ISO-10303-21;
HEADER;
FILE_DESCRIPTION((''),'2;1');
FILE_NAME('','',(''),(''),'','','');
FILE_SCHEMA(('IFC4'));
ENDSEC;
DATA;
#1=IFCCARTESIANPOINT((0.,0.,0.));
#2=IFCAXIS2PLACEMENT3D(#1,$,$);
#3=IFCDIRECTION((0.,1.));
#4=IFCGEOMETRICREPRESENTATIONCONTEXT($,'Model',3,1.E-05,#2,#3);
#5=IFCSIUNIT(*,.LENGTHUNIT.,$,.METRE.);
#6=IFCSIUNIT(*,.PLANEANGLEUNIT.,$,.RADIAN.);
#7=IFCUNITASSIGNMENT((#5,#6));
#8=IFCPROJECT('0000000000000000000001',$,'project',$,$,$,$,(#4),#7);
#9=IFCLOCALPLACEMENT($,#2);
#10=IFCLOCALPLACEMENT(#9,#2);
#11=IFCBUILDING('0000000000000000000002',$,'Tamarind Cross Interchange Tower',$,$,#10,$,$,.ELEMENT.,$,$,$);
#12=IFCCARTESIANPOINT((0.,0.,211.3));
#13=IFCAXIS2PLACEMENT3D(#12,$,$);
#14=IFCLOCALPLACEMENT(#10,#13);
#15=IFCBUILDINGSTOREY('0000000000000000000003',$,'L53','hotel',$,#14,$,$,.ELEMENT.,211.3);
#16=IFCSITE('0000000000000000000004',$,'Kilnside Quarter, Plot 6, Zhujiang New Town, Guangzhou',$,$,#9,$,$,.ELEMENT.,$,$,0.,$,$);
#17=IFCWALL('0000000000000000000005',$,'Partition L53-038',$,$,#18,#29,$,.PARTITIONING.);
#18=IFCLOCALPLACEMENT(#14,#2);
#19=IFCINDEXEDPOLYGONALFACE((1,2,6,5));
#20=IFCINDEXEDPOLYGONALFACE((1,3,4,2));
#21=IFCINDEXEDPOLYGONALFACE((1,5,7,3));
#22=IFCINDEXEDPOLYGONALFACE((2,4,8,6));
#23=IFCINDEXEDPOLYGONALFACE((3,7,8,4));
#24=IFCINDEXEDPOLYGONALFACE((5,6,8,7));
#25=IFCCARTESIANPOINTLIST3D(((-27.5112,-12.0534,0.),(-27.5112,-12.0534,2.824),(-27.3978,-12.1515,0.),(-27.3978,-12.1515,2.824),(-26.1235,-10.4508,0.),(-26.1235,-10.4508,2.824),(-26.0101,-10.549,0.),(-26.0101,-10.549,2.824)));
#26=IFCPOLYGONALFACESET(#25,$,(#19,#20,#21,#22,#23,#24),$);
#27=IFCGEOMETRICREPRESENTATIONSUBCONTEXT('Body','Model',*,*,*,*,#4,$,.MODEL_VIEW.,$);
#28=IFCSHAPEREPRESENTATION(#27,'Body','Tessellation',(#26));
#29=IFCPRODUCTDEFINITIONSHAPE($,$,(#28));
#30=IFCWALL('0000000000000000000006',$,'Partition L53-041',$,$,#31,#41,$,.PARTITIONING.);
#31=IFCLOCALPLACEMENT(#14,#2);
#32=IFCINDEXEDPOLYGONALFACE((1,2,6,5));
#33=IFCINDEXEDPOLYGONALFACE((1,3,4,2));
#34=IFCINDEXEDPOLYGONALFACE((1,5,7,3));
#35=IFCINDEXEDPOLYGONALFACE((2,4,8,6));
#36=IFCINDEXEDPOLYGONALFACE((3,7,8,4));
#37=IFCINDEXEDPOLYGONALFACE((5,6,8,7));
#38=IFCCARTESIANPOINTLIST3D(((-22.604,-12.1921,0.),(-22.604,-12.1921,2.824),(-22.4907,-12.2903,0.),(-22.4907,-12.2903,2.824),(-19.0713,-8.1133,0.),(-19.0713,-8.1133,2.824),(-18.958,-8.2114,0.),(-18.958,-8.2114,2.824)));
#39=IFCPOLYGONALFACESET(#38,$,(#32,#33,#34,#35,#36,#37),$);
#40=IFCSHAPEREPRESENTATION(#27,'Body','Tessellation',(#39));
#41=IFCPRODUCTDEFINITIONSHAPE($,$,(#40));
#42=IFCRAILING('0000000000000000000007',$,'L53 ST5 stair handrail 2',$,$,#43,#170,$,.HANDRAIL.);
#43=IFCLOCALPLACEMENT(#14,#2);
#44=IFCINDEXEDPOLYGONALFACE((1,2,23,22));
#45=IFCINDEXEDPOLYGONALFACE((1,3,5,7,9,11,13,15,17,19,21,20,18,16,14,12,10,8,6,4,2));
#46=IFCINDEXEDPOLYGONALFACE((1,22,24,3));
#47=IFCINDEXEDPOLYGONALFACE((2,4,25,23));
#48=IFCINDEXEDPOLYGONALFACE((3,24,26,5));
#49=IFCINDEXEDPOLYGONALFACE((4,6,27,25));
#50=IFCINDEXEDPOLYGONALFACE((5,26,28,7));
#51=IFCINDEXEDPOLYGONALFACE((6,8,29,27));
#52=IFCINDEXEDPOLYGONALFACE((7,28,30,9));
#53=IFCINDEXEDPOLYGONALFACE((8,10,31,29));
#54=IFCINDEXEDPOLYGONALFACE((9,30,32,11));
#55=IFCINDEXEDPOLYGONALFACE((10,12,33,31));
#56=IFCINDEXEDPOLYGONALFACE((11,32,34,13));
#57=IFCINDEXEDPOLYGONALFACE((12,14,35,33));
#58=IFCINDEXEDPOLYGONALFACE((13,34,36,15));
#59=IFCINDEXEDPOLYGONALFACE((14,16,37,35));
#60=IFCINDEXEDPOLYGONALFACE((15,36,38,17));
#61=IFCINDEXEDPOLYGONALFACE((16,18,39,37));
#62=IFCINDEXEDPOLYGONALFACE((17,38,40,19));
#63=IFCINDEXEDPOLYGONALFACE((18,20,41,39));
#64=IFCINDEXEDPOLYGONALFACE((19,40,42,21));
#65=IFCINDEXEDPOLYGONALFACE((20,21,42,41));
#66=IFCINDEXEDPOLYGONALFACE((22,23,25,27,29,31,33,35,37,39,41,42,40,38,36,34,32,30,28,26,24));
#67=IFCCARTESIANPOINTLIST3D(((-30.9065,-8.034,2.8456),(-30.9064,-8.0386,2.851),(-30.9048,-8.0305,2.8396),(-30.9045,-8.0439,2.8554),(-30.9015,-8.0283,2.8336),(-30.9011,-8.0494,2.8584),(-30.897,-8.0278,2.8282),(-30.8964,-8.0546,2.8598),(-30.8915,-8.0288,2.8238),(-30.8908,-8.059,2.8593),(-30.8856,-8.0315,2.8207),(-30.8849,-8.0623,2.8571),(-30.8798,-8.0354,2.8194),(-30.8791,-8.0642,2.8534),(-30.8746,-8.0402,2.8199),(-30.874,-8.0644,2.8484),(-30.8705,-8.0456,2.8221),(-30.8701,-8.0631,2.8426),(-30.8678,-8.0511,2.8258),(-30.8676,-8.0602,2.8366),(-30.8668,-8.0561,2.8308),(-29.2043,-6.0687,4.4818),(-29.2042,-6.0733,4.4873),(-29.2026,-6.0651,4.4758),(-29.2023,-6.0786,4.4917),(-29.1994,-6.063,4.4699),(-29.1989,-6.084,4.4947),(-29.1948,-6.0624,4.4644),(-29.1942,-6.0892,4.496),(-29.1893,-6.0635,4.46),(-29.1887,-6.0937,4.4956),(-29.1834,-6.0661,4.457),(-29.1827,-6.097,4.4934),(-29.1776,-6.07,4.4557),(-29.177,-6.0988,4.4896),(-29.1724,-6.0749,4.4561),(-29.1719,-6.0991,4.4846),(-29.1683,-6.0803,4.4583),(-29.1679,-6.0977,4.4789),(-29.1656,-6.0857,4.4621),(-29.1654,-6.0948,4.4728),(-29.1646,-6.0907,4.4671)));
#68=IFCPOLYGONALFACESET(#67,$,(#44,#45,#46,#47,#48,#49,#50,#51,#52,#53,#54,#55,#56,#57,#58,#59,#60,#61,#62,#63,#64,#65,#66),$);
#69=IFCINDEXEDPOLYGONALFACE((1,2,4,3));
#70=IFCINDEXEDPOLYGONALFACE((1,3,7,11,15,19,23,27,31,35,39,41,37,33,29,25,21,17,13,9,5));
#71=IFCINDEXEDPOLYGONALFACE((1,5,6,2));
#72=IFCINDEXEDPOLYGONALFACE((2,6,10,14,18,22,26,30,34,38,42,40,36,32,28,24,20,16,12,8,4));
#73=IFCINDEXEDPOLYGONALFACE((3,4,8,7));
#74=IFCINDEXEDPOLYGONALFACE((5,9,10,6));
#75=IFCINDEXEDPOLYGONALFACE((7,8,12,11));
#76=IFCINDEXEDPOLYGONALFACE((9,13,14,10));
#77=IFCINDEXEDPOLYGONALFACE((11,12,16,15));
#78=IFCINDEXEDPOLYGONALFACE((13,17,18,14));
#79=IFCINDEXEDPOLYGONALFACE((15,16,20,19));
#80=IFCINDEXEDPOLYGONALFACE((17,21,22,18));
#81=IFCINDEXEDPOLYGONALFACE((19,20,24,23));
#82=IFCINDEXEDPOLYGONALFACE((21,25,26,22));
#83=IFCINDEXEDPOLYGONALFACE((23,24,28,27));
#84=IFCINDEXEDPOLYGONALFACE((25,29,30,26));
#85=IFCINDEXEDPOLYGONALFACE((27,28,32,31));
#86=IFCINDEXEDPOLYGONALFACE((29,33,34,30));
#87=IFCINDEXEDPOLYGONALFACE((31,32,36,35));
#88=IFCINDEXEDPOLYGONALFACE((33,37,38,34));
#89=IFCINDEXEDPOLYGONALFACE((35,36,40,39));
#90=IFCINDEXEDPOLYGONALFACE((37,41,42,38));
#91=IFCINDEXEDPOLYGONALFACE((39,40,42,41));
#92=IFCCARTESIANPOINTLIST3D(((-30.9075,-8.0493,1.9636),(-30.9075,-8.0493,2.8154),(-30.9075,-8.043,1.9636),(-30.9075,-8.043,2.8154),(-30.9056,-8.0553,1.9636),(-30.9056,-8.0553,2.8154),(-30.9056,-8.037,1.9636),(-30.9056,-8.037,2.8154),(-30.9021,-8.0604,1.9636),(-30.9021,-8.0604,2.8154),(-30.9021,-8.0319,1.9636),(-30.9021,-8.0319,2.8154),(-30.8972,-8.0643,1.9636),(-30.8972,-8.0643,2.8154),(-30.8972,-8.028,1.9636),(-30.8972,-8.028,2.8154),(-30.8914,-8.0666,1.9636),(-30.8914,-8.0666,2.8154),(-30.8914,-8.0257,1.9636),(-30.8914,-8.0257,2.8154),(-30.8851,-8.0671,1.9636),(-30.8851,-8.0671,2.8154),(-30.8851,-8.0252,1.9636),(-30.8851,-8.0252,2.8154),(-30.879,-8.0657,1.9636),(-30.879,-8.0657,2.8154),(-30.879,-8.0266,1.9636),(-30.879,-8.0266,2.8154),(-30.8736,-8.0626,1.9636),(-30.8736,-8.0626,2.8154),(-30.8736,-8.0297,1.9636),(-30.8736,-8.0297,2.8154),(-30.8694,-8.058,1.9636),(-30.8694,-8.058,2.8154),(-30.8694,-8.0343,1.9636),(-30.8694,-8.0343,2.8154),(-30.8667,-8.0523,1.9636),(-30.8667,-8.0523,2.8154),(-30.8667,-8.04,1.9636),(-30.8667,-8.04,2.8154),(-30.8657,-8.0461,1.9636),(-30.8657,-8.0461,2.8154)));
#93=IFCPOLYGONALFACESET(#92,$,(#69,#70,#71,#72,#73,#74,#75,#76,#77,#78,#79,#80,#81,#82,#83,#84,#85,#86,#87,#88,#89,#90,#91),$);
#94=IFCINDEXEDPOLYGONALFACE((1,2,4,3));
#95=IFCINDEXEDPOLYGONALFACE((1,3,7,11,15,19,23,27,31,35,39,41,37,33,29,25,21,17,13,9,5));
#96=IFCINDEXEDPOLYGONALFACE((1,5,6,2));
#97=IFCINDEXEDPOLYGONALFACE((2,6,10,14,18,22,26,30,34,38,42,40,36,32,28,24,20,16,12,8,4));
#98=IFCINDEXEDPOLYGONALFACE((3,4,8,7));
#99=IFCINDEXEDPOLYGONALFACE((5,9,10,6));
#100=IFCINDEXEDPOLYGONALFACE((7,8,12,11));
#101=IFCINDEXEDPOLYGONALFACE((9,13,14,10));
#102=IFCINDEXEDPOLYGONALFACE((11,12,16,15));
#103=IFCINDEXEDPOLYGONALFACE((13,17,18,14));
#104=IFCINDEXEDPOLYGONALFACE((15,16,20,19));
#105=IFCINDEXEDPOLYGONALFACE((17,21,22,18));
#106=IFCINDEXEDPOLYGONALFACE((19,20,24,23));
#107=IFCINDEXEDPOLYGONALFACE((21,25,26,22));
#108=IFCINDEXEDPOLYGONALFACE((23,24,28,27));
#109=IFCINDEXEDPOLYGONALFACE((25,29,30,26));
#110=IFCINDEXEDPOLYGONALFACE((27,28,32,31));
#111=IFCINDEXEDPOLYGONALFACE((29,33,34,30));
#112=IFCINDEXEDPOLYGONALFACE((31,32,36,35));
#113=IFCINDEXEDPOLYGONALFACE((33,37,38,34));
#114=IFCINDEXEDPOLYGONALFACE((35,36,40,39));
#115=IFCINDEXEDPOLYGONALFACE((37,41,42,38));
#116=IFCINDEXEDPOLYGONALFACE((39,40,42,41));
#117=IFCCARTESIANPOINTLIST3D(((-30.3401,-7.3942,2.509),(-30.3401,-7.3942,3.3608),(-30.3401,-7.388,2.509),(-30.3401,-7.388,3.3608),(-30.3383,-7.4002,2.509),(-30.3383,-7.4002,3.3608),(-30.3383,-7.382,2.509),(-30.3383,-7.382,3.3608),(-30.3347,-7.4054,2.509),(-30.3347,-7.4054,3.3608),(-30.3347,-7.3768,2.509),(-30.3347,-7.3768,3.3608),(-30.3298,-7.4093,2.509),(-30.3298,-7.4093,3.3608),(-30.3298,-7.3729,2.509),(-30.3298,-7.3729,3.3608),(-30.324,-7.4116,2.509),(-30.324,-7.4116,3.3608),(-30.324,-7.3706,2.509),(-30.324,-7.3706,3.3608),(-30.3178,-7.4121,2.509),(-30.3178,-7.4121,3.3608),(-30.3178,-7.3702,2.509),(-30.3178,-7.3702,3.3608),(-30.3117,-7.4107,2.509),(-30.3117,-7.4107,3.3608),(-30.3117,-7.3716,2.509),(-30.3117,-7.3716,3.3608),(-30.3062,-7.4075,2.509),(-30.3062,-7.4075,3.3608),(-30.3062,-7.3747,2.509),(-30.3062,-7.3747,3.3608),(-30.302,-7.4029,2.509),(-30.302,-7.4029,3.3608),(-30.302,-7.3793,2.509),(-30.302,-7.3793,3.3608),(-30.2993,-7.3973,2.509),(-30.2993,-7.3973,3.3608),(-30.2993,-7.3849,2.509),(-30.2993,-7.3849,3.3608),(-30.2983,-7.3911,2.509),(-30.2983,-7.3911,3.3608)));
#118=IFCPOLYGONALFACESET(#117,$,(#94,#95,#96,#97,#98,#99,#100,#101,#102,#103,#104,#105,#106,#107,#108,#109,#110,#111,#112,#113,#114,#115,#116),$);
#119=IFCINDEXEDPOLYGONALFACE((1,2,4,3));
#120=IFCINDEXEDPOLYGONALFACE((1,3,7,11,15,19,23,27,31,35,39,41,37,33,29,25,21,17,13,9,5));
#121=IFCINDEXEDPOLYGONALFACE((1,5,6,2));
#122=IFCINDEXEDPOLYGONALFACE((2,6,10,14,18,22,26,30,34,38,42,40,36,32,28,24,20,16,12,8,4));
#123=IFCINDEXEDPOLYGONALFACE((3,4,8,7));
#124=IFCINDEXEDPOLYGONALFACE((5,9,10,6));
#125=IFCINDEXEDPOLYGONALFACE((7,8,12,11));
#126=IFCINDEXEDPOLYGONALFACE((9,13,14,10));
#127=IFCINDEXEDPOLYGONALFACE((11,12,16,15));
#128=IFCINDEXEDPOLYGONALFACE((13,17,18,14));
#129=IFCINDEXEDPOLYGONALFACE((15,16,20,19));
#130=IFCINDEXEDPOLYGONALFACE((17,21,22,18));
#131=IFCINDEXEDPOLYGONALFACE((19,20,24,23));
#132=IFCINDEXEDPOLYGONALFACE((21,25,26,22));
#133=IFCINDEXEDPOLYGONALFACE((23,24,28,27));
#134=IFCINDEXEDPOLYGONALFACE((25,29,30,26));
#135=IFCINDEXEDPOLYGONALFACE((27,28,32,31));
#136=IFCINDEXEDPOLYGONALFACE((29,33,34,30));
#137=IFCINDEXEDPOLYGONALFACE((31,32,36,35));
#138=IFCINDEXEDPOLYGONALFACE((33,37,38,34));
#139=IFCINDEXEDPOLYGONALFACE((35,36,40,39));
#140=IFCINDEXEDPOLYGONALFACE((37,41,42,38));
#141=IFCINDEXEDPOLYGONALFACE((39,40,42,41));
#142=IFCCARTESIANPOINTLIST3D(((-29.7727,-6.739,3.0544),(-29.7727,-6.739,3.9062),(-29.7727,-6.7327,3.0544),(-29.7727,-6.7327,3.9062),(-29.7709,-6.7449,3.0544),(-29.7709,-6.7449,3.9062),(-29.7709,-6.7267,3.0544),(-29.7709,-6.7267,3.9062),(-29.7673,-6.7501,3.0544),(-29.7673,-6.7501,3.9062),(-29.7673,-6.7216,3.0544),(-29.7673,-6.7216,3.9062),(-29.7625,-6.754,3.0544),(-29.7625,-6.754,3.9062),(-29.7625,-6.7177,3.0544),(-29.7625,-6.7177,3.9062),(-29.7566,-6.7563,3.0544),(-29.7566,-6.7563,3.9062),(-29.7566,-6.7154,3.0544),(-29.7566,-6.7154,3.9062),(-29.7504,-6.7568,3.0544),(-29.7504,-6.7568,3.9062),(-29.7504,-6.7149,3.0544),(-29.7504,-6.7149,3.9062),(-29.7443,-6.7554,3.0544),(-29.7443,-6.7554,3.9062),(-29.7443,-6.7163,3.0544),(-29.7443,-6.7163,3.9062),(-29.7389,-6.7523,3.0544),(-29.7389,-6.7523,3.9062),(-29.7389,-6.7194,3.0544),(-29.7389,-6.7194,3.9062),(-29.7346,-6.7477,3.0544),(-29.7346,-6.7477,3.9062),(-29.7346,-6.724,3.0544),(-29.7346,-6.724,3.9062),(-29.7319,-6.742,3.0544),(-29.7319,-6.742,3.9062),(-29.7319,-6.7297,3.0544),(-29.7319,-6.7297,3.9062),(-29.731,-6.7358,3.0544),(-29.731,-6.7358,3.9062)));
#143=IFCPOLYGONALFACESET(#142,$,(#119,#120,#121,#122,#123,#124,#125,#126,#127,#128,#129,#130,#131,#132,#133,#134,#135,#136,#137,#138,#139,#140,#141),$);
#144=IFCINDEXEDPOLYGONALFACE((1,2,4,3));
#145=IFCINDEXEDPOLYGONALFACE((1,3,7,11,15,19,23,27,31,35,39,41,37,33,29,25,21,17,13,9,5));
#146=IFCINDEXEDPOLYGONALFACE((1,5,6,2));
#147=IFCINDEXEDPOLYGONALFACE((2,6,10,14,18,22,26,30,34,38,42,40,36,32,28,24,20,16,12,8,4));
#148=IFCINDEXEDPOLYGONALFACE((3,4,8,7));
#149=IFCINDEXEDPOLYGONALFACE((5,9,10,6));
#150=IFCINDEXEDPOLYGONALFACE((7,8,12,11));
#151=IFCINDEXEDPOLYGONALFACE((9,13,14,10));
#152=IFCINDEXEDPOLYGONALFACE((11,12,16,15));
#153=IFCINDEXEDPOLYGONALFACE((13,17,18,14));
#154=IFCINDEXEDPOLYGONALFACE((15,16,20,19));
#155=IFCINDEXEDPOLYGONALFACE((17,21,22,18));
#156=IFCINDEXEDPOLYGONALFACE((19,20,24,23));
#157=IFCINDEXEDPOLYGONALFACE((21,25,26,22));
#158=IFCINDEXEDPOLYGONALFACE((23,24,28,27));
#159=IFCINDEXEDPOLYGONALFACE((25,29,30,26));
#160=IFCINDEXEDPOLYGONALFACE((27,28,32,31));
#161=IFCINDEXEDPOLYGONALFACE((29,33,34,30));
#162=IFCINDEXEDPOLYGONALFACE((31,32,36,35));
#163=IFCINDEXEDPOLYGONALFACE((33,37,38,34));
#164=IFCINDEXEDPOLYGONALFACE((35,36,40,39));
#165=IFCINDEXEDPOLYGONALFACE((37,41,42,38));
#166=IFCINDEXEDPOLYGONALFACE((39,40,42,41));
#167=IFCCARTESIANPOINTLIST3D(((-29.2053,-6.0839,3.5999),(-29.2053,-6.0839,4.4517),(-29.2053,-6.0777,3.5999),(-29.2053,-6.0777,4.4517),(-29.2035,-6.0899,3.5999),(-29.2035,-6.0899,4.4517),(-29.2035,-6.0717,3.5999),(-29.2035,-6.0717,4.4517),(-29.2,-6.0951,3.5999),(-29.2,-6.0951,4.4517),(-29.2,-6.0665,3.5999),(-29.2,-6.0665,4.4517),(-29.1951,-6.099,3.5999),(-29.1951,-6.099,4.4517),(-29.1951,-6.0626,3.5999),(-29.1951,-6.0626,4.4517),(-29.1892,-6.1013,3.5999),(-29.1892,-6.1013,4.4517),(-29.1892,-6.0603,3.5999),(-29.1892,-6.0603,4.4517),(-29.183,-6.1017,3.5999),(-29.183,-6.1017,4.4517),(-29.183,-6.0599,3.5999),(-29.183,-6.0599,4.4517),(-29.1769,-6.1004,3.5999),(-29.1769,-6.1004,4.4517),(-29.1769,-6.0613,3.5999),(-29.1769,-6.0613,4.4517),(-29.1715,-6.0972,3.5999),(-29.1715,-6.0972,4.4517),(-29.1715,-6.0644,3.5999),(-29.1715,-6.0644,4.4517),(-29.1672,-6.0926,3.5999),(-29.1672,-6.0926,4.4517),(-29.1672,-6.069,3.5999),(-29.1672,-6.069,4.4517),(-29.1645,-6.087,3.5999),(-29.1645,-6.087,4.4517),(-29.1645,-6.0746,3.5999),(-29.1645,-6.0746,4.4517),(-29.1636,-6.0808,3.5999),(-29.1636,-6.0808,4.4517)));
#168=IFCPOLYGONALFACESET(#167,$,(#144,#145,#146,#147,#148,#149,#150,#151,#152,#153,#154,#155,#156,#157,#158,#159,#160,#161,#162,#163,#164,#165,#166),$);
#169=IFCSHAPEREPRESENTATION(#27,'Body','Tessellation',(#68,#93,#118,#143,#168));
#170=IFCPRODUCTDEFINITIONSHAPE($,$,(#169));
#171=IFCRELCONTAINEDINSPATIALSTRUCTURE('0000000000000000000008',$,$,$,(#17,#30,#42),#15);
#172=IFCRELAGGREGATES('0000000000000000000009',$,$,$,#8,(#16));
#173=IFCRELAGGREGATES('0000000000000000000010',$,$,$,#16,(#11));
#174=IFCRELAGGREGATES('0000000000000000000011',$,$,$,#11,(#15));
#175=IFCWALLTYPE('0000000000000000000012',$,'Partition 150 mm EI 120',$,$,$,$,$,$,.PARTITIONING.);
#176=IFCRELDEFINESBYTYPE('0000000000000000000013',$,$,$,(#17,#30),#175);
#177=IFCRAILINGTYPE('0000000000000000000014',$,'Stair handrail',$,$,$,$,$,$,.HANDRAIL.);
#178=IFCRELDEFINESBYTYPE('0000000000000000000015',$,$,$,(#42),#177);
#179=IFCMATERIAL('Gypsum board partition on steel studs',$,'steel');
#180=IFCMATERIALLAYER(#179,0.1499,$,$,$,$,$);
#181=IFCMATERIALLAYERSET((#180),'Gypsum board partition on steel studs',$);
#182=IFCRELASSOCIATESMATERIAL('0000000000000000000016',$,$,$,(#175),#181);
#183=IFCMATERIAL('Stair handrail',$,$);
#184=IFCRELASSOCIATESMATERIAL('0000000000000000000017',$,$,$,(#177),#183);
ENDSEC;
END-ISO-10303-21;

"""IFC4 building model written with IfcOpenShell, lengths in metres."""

from ifc_helpers import new_model, si_unit, direction, frame, frame_2d, origin, origin_2d, place, context, subcontext, project, spatial, rectangle, circle, extrude, material, layer, layer_set, type_object, element, save


model = new_model("IFC4")

# Units and contexts
model_context = context("Model", 3, precision=1e-05, world=origin(), true_north=direction((0.0, 1.0)))
body_context = subcontext(model_context, "Body", "Model", "MODEL_VIEW")
ifc_project = project(units=[si_unit("LENGTHUNIT", "METRE"), si_unit("PLANEANGLEUNIT", "RADIAN")], contexts=[model_context])

# Site, building, storey
site_placement = place(None, origin())
site = spatial("IfcSite", under=ifc_project, at=site_placement, Name="Kilnside Quarter, Plot 6, Zhujiang New Town, Guangzhou", CompositionType="ELEMENT", RefElevation=0.0)
building_placement = place(site_placement, origin())
building = spatial("IfcBuilding", under=site, at=building_placement, Name="Tamarind Cross Interchange Tower", CompositionType="ELEMENT")
storey_placement = place(building_placement, frame((0.0, 0.0, 211.3)))
storey = spatial("IfcBuildingStorey", under=building, at=storey_placement, Name="L53", Description="hotel", CompositionType="ELEMENT", Elevation=211.3)

# Shared definitions
ifc_material_1 = material(Name="Gypsum board partition on steel studs", Category="steel")
ifc_layer_1 = layer(ifc_material_1, 0.1499)
ifc_layer_set_1 = layer_set([ifc_layer_1], Name="Gypsum board partition on steel studs")
wall_type = type_object("IfcWallType", Name="Partition 150 mm EI 120", PredefinedType="PARTITIONING", material=ifc_layer_set_1)

# Walls
wall_1_placement = place(storey_placement, frame((-27.4546, -12.1025, 0.0), z_axis=(0.0, 0.0, 1.0), x_axis=(0.654615, 0.755963, 0.0)))
element("IfcWall", 1, at=wall_1_placement, inside=storey, type_object=wall_type, Name="Partition L53-038", PredefinedType="PARTITIONING", context=body_context, shape_type="SweptSolid", body=[
    extrude(rectangle(XDim=2.1199, YDim=0.1499, at=frame_2d((1.0601, 0.0))), origin(), (0.0, 0.0, 1.0), 2.824),
])
wall_2_placement = place(storey_placement, frame((-22.5474, -12.2412, 0.0), z_axis=(0.0, 0.0, 1.0), x_axis=(0.654688, 0.7559, 0.0)))
element("IfcWall", 2, at=wall_2_placement, inside=storey, type_object=wall_type, Name="Partition L53-041", PredefinedType="PARTITIONING", context=body_context, shape_type="SweptSolid", body=[
    extrude(rectangle(XDim=5.396, YDim=0.1499, at=frame_2d((2.698, 0.0))), origin(), (0.0, 0.0, 1.0), 2.824),
])

# Railing
ifc_material_2 = material(Name="Stair handrail")
railing_type = type_object("IfcRailingType", Name="Stair handrail", PredefinedType="HANDRAIL", material=ifc_material_2)
railing_placement = place(storey_placement, frame((-30.8867, -8.0461, 1.9636)))
element("IfcRailing", 3, at=railing_placement, inside=storey, type_object=railing_type, Name="L53 ST5 stair handrail 2", PredefinedType="HANDRAIL", context=body_context, shape_type="SweptSolid", body=[
    extrude(circle(Radius=0.0239, at=origin_2d()), frame((0.0, 0.0, 0.876), z_axis=(0.554088, 0.63976, 0.53263), x_axis=(-0.755906, 0.65468, 0.0)), (0.0, 0.0, 1.0), 3.072),
    extrude(circle(Radius=0.021, at=origin_2d()), origin(), (0.0, 0.0, 1.0), 0.8518),
    extrude(circle(Radius=0.021, at=origin_2d()), frame((0.5674, 0.655, 0.5454)), (0.0, 0.0, 1.0), 0.8518),
    extrude(circle(Radius=0.021, at=origin_2d()), frame((1.1348, 1.3103, 1.0908)), (0.0, 0.0, 1.0), 0.8518),
    extrude(circle(Radius=0.021, at=origin_2d()), frame((1.7021, 1.9653, 1.6362)), (0.0, 0.0, 1.0), 0.8518),
])

save(model, "model.ifc")
